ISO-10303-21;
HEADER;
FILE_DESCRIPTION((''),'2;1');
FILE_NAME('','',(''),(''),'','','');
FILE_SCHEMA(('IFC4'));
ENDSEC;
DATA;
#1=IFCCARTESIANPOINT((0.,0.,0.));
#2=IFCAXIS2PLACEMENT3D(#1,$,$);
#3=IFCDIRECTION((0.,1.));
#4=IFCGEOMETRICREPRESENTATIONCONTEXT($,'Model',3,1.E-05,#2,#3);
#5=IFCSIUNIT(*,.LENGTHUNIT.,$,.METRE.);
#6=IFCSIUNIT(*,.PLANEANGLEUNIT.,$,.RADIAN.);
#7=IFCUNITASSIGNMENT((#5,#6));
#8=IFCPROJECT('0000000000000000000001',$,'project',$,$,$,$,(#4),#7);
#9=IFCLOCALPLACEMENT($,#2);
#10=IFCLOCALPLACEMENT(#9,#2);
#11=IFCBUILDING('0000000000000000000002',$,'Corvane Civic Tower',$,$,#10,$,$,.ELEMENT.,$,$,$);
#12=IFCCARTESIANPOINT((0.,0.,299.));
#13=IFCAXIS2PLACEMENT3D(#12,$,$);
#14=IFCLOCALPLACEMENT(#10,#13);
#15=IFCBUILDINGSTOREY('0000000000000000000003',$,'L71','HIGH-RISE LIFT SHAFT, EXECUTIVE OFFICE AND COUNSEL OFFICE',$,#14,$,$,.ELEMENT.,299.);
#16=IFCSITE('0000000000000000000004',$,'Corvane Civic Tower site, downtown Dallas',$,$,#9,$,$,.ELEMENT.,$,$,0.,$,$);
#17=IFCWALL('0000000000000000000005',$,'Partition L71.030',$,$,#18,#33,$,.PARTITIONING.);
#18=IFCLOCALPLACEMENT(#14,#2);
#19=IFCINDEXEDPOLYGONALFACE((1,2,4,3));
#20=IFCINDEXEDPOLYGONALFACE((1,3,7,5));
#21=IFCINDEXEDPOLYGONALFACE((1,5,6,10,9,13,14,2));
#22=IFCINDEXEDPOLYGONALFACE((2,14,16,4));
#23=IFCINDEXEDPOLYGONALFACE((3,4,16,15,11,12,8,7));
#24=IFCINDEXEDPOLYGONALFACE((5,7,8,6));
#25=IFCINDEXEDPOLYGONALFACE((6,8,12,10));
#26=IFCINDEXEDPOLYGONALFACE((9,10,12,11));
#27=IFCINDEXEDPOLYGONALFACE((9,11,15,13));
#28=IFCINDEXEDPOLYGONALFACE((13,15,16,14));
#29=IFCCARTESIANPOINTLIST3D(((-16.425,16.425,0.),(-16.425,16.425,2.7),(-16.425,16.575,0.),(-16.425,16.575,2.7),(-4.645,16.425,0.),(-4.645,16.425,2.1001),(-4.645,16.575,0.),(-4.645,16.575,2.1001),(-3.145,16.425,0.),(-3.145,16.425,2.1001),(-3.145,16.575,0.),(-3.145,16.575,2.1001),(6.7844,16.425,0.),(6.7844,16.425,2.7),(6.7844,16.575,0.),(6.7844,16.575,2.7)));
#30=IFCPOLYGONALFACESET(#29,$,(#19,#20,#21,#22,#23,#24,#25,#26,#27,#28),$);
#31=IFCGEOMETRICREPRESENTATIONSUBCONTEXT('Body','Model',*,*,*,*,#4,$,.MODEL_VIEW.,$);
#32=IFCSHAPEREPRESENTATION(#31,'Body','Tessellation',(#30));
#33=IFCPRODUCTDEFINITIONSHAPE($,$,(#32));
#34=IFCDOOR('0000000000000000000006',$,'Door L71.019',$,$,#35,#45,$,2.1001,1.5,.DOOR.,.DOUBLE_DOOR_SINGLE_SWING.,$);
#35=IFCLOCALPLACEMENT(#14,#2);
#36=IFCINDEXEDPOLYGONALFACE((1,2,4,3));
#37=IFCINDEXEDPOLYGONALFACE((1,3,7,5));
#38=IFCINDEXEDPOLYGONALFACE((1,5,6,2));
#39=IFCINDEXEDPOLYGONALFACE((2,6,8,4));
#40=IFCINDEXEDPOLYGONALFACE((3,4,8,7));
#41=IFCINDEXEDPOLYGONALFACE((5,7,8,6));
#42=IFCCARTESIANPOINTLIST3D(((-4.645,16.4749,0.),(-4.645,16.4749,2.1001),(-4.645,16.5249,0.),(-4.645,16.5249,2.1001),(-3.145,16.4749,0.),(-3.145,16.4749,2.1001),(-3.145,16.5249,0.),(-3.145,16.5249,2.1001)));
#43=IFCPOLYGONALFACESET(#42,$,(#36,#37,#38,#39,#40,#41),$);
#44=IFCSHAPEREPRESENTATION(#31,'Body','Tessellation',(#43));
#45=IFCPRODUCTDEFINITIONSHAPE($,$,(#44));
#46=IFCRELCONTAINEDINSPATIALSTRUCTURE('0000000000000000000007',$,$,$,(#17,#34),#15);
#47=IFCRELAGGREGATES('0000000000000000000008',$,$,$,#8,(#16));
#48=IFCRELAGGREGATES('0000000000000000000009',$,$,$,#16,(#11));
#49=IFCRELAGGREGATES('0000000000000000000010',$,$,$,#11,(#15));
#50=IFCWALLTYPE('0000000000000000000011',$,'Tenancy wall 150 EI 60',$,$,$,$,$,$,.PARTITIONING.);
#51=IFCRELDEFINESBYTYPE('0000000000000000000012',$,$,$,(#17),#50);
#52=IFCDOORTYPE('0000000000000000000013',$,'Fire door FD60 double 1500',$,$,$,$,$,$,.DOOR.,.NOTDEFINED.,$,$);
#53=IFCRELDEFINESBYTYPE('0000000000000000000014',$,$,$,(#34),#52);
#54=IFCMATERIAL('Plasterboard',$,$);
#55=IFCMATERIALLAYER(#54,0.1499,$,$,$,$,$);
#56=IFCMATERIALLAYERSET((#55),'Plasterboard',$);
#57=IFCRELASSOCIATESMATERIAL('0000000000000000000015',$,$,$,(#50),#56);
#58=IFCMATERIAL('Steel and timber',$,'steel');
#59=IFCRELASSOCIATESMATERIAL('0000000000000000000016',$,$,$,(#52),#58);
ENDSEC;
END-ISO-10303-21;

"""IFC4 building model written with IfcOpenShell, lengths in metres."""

from ifc_helpers import new_model, si_unit, direction, frame, frame_2d, origin, place, context, subcontext, project, spatial, rectangle, extrude, material, layer, layer_set, type_object, element, fill, save


model = new_model("IFC4")

# Units and contexts
model_context = context("Model", 3, precision=1e-05, world=origin(), true_north=direction((0.0, 1.0)))
body_context = subcontext(model_context, "Body", "Model", "MODEL_VIEW")
ifc_project = project(units=[si_unit("LENGTHUNIT", "METRE"), si_unit("PLANEANGLEUNIT", "RADIAN")], contexts=[model_context])

# Site, building, storey
site_placement = place(None, origin())
site = spatial("IfcSite", under=ifc_project, at=site_placement, Name="Corvane Civic Tower site, downtown Dallas", CompositionType="ELEMENT", RefElevation=0.0)
building_placement = place(site_placement, origin())
building = spatial("IfcBuilding", under=site, at=building_placement, Name="Corvane Civic Tower", CompositionType="ELEMENT")
storey_placement = place(building_placement, frame((0.0, 0.0, 299.0)))
storey = spatial("IfcBuildingStorey", under=building, at=storey_placement, Name="L71", Description="HIGH-RISE LIFT SHAFT, EXECUTIVE OFFICE AND COUNSEL OFFICE", CompositionType="ELEMENT", Elevation=299.0)

# Wall, opening, door
ifc_material_1 = material(Name="Plasterboard")
ifc_layer_1 = layer(ifc_material_1, 0.1499)
ifc_layer_set_1 = layer_set([ifc_layer_1], Name="Plasterboard")
wall_type_1 = type_object("IfcWallType", Name="Tenancy wall 150 EI 60", PredefinedType="PARTITIONING", material=ifc_layer_set_1)
wall_1_placement = place(storey_placement, frame((-16.425, 16.5, 0.0), z_axis=(0.0, 0.0, 1.0), x_axis=(1.0, 0.0, 0.0)))
wall_1 = element("IfcWall", 1, at=wall_1_placement, inside=storey, type_object=wall_type_1, Name="Partition L71.030", PredefinedType="PARTITIONING", context=body_context, shape_type="SweptSolid", body=[
    extrude(rectangle(XDim=23.2095, YDim=0.1499, at=frame_2d((11.6047, 0.0))), origin(), (0.0, 0.0, 1.0), 2.7),
])
opening_1_placement = place(wall_1_placement, frame((11.78, 0.0, 0.0)))
opening_1 = element("IfcOpeningElement", 2, at=opening_1_placement, cuts=wall_1, PredefinedType="OPENING", context=body_context, shape_type="SweptSolid", body=[
    extrude(rectangle(XDim=1.5, YDim=2.1001, at=frame_2d((0.75, 1.05))), frame((0.0, 0.085, 0.0), z_axis=(0.0, -1.0, 0.0), x_axis=(1.0, 0.0, 0.0)), (0.0, 0.0, 1.0), 0.1699),
])
ifc_material_2 = material(Name="Steel and timber", Category="steel")
door_type_1 = type_object("IfcDoorType", Name="Fire door FD60 double 1500", OperationType="NOTDEFINED", PredefinedType="DOOR", material=ifc_material_2)
door_1_placement = place(opening_1_placement, origin())
door_1 = element("IfcDoor", 3, at=door_1_placement, inside=storey, type_object=door_type_1, Name="Door L71.019", OperationType="DOUBLE_DOOR_SINGLE_SWING", OverallHeight=2.1001, OverallWidth=1.5, PredefinedType="DOOR", context=body_context, shape_type="SweptSolid", body=[
    extrude(rectangle(XDim=1.5, YDim=2.1001, at=frame_2d((0.75, 1.05))), frame((0.0, 0.0249, 0.0), z_axis=(0.0, -1.0, 0.0), x_axis=(1.0, 0.0, 0.0)), (0.0, 0.0, 1.0), 0.05),
])
fill(opening_1, door_1)

save(model, "model.ifc")
